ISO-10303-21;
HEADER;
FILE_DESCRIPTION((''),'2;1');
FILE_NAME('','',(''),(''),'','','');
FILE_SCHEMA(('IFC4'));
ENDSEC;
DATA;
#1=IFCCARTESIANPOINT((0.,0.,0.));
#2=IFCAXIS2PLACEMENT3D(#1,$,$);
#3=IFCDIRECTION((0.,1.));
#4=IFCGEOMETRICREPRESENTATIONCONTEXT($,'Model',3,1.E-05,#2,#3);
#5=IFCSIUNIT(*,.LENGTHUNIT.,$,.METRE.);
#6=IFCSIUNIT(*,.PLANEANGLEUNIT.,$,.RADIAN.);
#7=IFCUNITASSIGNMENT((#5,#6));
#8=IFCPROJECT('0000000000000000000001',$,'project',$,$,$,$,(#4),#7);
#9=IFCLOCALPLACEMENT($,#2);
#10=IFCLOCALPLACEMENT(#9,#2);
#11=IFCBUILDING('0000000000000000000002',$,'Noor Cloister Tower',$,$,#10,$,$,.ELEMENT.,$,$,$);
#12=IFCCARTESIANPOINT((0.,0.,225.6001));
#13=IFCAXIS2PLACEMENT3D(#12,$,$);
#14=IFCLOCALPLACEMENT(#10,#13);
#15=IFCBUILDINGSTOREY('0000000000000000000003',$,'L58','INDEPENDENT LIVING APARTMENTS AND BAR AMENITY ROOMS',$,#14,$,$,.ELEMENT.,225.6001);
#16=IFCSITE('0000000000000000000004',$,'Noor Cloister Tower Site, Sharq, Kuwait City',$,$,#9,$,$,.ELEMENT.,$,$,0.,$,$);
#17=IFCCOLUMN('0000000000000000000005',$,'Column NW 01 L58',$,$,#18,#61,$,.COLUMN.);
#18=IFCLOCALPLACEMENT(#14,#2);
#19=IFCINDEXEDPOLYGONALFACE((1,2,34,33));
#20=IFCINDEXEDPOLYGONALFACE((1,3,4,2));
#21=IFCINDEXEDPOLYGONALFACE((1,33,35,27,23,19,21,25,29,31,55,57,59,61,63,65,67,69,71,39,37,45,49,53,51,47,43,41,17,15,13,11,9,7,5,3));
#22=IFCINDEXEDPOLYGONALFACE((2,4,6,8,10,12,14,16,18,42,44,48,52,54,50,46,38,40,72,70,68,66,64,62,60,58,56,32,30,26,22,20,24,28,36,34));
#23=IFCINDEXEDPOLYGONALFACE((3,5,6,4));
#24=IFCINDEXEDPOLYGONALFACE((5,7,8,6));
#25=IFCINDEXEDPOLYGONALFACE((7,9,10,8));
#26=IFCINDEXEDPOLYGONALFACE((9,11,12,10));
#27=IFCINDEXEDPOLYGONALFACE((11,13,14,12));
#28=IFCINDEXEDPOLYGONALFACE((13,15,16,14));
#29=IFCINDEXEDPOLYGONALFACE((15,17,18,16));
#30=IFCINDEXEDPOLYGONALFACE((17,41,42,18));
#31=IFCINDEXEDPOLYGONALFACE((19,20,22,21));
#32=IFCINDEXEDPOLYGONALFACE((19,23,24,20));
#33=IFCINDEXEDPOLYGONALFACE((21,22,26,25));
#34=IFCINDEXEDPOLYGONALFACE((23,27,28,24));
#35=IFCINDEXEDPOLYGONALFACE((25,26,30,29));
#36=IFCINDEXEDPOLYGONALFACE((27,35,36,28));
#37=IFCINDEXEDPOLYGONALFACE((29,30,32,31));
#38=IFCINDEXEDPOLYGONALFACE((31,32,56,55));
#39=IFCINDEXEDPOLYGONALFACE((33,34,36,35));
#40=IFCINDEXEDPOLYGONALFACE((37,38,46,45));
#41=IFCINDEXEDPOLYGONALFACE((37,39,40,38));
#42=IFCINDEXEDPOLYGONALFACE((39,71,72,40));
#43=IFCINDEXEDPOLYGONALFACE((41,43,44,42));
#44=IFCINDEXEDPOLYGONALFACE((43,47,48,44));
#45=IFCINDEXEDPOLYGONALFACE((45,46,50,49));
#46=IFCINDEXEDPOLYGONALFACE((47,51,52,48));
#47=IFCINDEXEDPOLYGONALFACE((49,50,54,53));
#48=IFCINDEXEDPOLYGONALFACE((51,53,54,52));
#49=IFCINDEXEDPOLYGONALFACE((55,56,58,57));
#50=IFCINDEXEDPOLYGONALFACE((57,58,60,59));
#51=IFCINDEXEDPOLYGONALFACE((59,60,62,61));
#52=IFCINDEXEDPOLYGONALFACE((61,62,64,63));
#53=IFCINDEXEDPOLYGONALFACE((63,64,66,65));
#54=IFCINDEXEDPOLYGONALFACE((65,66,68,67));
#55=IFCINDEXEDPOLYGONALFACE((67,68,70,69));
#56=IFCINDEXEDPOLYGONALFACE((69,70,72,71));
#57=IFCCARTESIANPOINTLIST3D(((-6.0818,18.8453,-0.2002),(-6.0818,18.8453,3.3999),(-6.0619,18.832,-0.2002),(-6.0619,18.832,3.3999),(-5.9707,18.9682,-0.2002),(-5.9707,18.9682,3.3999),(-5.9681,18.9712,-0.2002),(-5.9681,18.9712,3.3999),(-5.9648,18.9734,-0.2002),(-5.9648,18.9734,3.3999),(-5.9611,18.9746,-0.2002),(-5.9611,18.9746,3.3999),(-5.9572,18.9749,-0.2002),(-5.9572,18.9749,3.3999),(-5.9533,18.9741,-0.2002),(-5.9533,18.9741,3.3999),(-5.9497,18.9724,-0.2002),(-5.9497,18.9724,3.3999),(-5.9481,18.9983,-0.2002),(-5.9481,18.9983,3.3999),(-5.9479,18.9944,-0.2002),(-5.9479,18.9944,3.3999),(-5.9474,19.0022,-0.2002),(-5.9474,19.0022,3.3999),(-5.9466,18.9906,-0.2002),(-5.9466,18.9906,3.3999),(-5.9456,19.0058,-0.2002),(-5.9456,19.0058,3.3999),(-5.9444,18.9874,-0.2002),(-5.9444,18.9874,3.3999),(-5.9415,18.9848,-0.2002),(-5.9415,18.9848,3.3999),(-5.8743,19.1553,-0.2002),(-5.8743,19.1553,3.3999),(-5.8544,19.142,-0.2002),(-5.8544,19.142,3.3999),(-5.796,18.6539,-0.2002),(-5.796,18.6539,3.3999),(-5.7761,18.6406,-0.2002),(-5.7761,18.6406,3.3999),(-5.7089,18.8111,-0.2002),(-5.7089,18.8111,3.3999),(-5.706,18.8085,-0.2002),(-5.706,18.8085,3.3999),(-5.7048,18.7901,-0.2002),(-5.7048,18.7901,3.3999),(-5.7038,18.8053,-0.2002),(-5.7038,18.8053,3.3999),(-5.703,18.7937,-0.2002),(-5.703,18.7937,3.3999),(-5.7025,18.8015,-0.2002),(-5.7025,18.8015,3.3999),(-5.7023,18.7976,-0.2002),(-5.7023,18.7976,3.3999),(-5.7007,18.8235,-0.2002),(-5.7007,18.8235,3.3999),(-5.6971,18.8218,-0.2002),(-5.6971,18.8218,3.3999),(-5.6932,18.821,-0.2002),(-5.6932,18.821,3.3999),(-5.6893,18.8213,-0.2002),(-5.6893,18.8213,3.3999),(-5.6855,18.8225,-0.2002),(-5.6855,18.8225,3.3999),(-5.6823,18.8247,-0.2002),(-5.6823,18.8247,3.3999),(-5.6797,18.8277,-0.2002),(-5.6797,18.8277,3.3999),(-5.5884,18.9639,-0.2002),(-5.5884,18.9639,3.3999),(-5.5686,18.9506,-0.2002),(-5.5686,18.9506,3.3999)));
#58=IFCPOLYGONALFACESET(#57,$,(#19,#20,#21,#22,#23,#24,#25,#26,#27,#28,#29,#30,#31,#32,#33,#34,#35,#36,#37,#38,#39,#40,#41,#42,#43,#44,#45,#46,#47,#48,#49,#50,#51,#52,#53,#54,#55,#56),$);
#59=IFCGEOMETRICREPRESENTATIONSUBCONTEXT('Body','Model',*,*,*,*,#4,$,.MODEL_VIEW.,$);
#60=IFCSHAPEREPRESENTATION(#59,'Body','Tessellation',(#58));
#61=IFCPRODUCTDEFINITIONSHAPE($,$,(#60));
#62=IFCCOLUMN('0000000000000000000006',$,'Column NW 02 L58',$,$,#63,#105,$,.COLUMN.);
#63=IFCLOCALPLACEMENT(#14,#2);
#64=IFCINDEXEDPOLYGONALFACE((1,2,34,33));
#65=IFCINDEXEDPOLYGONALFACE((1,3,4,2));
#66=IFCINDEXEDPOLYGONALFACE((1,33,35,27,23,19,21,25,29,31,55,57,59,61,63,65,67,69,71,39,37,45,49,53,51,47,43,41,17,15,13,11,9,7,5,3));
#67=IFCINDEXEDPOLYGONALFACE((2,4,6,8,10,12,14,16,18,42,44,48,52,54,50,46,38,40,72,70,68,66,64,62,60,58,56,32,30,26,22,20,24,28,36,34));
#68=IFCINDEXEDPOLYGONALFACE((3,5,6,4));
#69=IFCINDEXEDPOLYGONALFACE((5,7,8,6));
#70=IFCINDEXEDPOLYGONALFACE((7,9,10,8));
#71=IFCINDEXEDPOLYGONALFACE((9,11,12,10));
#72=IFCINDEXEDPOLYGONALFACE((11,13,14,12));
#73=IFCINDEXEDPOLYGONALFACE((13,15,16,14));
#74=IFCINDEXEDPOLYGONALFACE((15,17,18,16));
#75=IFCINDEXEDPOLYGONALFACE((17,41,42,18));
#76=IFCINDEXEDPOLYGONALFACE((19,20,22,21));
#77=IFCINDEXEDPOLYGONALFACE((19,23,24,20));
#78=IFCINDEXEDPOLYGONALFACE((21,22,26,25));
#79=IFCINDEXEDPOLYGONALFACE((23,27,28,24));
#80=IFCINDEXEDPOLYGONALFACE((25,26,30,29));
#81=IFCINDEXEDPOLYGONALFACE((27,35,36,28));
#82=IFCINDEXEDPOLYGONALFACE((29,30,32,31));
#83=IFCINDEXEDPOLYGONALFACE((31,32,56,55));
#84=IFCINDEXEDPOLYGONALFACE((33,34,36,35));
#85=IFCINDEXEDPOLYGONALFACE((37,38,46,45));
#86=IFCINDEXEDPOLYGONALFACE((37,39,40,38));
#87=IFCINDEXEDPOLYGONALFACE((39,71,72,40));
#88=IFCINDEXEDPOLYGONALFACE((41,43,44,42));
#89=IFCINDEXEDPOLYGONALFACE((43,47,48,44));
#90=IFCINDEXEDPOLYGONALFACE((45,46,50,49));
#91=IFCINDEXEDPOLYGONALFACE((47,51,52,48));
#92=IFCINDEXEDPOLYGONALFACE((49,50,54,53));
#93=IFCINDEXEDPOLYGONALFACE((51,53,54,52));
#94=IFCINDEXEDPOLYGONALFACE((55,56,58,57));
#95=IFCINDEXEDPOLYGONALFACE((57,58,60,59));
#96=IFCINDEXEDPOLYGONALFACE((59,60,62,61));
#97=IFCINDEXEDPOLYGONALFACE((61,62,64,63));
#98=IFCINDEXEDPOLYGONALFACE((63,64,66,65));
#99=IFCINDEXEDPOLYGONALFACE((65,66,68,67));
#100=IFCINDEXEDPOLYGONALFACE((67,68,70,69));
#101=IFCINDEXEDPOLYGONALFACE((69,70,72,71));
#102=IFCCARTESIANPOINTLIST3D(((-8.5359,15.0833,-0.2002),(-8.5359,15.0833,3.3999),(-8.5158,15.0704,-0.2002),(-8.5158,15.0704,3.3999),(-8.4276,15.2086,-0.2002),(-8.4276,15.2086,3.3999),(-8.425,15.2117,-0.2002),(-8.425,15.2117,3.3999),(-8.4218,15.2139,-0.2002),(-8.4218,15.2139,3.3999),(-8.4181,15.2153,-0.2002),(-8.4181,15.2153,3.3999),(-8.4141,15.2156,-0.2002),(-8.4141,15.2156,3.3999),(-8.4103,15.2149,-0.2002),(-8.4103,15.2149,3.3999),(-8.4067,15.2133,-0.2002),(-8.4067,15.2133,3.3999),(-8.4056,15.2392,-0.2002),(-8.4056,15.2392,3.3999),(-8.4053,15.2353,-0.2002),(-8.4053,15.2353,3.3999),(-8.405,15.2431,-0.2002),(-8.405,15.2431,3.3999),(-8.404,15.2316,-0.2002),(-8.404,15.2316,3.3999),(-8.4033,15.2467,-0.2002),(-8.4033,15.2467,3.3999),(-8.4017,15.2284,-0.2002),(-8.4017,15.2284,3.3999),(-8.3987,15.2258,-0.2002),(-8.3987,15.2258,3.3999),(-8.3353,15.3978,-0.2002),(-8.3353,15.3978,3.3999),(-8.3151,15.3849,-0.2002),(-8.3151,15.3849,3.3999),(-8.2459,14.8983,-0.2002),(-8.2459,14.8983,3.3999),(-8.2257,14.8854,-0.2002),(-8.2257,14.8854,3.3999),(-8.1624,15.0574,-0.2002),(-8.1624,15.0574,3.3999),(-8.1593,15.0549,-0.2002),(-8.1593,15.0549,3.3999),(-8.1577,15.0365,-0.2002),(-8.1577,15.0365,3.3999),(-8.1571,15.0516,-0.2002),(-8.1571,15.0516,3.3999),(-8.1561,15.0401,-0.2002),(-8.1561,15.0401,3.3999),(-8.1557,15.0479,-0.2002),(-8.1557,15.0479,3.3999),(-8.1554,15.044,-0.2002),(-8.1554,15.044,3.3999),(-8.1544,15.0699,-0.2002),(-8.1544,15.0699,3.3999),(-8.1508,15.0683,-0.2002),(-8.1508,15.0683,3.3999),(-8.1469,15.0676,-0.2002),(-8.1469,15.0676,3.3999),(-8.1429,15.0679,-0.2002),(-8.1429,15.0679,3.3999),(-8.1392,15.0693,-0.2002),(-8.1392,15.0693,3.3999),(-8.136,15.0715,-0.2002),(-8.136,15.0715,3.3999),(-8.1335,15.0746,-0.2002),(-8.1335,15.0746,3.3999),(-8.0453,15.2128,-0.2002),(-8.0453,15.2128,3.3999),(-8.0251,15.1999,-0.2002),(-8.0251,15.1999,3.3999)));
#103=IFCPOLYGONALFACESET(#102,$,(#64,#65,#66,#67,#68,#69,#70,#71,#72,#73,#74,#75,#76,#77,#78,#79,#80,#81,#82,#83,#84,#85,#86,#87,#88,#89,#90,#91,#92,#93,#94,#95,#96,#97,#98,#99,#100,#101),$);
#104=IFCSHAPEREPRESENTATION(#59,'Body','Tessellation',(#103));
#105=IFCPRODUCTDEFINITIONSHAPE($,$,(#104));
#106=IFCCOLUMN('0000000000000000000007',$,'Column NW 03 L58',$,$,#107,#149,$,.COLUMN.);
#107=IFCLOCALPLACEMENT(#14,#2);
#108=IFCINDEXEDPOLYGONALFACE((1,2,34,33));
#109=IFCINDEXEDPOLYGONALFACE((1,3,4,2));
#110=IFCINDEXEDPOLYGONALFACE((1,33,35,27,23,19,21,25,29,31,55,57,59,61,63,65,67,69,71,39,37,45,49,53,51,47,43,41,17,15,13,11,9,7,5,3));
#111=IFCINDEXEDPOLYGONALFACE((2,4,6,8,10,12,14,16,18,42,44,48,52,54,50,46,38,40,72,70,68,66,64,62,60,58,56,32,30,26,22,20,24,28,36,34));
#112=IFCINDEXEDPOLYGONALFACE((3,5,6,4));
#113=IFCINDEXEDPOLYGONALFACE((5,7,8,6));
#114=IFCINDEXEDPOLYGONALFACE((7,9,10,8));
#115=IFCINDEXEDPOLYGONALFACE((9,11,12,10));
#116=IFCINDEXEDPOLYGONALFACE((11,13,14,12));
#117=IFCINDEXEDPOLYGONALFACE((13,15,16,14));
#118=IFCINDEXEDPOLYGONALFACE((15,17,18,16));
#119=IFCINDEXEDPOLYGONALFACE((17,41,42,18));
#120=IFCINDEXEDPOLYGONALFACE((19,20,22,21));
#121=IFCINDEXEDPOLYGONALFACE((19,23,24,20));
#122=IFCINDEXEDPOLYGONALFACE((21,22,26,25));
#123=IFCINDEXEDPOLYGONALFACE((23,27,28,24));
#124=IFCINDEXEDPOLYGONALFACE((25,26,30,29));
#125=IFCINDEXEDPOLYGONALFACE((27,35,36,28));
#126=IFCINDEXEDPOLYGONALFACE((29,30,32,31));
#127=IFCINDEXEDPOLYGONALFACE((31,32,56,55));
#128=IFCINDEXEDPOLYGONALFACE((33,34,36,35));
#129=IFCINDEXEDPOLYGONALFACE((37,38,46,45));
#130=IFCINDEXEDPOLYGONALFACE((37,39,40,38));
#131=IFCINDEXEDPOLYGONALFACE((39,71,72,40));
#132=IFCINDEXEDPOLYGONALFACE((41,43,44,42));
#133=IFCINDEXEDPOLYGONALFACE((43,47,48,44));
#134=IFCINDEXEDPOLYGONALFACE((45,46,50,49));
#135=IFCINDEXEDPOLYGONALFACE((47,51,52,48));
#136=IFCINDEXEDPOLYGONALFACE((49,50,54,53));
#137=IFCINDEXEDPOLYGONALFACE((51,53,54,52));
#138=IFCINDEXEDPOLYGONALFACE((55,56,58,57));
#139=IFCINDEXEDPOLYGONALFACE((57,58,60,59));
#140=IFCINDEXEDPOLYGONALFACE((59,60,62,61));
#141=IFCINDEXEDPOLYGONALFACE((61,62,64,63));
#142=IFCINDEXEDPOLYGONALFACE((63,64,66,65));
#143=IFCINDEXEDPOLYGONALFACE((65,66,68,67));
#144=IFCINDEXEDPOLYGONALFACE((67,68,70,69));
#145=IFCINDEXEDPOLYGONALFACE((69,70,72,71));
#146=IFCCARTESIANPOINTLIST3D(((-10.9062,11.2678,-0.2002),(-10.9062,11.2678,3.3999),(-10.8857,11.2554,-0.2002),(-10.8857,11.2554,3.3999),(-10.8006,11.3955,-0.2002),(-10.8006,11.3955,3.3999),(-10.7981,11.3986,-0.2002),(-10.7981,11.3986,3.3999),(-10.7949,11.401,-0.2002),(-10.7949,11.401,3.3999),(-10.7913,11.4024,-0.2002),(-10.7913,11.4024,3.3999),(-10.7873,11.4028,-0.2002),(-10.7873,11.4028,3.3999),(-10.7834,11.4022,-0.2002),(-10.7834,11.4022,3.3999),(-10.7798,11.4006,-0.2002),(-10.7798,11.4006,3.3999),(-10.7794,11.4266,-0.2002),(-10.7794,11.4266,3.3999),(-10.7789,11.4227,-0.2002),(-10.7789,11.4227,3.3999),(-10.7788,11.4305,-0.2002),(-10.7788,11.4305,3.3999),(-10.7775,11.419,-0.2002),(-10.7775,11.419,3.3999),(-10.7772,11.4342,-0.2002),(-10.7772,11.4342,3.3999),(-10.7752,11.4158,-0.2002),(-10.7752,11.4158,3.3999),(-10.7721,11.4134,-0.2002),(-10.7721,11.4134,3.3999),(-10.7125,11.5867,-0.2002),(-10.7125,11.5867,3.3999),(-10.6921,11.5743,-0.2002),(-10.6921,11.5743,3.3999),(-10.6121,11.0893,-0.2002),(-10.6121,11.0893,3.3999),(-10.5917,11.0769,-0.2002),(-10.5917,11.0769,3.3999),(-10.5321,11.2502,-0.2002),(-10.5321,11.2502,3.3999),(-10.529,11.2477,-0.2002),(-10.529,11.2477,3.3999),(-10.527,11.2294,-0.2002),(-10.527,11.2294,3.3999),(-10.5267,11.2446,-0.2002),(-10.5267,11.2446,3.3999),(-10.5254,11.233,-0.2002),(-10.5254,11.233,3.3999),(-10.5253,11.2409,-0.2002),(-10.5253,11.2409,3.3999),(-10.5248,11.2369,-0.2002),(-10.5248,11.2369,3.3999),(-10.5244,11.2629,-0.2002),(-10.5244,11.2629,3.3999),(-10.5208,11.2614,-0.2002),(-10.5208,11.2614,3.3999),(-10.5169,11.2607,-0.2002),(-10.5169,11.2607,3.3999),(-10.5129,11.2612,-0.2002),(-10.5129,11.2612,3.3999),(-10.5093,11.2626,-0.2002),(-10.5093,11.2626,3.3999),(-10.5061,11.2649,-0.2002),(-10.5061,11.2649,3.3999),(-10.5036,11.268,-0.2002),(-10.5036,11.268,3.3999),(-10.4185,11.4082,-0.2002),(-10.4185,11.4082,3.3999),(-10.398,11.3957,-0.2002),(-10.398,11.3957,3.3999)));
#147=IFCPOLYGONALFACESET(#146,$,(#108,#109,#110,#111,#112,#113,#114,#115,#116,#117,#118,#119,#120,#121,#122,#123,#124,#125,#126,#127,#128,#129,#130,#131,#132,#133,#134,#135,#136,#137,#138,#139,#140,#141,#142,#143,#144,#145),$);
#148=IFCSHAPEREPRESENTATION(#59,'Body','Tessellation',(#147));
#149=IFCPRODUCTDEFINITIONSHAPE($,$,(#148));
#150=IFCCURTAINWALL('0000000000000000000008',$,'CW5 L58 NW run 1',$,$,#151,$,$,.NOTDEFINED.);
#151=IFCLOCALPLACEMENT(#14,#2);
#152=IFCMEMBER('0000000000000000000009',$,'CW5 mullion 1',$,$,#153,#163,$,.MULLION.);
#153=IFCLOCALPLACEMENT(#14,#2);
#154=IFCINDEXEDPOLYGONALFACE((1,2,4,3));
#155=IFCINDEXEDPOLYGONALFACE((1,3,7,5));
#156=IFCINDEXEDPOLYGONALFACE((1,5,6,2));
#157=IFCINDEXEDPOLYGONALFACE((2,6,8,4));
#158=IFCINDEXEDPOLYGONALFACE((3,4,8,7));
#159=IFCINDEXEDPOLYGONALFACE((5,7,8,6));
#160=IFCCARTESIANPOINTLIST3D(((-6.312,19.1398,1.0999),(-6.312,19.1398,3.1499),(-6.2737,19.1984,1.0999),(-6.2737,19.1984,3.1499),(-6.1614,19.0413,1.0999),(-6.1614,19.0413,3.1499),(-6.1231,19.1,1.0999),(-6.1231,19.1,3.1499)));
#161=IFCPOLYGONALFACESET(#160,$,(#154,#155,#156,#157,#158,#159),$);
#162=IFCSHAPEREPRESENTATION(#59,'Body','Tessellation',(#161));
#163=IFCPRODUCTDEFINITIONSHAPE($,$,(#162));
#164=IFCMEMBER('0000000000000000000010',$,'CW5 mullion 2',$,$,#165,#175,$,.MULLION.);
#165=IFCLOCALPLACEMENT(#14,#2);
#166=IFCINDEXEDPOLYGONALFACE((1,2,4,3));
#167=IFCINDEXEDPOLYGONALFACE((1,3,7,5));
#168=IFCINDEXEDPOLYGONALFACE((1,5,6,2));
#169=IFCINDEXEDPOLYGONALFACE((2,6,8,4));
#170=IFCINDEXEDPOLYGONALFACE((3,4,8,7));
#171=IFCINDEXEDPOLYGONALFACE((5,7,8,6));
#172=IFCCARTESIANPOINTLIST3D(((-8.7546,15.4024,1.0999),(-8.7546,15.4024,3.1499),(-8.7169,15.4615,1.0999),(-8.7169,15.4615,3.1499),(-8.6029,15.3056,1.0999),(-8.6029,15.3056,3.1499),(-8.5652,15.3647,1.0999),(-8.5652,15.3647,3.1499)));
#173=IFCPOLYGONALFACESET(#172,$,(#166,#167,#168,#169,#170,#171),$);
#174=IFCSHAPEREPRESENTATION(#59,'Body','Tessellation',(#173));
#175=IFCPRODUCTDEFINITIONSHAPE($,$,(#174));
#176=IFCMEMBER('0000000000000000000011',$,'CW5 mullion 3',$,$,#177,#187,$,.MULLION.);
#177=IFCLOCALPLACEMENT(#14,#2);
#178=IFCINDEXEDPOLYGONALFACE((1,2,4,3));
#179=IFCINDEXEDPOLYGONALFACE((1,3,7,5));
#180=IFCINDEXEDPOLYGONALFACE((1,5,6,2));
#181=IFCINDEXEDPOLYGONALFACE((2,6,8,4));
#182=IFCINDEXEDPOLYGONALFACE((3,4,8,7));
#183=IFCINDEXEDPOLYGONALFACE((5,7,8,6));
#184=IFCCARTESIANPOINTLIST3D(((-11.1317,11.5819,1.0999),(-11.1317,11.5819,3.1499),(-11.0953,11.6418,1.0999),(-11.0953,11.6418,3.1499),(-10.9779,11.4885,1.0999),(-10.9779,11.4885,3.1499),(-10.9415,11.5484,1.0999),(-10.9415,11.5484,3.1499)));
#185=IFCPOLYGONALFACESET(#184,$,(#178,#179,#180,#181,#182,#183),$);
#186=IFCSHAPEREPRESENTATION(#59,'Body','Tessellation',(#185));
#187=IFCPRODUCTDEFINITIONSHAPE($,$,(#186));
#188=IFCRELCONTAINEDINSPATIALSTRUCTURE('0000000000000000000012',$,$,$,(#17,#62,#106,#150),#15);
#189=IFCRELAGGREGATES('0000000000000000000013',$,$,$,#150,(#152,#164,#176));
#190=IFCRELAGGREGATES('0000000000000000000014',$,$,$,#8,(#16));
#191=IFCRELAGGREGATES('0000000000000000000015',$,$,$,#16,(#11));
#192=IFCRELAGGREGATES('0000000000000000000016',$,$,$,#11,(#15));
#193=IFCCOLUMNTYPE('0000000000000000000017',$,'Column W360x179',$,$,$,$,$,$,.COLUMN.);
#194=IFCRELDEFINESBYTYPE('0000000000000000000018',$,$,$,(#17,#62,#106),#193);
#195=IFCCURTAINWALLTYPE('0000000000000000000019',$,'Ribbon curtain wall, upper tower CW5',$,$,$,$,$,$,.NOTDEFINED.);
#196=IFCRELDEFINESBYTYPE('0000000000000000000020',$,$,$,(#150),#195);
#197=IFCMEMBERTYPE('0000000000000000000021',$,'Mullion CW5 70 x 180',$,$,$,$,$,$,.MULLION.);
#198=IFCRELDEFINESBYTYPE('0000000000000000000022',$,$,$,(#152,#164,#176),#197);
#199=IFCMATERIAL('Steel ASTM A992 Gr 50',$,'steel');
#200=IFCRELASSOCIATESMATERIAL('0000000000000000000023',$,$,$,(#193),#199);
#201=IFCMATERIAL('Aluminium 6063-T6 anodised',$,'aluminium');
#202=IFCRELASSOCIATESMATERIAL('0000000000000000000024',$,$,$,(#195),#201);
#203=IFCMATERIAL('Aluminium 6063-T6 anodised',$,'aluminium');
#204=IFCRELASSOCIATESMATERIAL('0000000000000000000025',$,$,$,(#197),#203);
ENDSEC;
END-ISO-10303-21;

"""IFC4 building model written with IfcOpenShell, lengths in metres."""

from ifc_helpers import new_model, si_unit, direction, frame, origin, origin_2d, place, context, subcontext, project, spatial, rectangle, i_section, extrude, material, material_profile, profile_set, type_object, element, aggregate, save


model = new_model("IFC4")

# Units and contexts
model_context = context("Model", 3, precision=1e-05, world=origin(), true_north=direction((0.0, 1.0)))
body_context = subcontext(model_context, "Body", "Model", "MODEL_VIEW")
ifc_project = project(units=[si_unit("LENGTHUNIT", "METRE"), si_unit("PLANEANGLEUNIT", "RADIAN")], contexts=[model_context])

# Site, building, storey
site_placement = place(None, origin())
site = spatial("IfcSite", under=ifc_project, at=site_placement, Name="Noor Cloister Tower Site, Sharq, Kuwait City", CompositionType="ELEMENT", RefElevation=0.0)
building_placement = place(site_placement, origin())
building = spatial("IfcBuilding", under=site, at=building_placement, Name="Noor Cloister Tower", CompositionType="ELEMENT")
storey_placement = place(building_placement, frame((0.0, 0.0, 225.6001)))
storey = spatial("IfcBuildingStorey", under=building, at=storey_placement, Name="L58", Description="INDEPENDENT LIVING APARTMENTS AND BAR AMENITY ROOMS", CompositionType="ELEMENT", Elevation=225.6001)

# Columns
ifc_material_1 = material(Name="Steel ASTM A992 Gr 50", Category="steel")
ifc_material_profile_1 = material_profile(ifc_material_1, i_section(OverallWidth=0.373, OverallDepth=0.3679, WebThickness=0.0149, FlangeThickness=0.0239, FilletRadius=0.0151, at=origin_2d()), Name="W360x179")
ifc_profile_set_1 = profile_set([ifc_material_profile_1], Name="Steel ASTM A992 Gr 50")
column_type = type_object("IfcColumnType", Name="Column W360x179", PredefinedType="COLUMN", material=ifc_profile_set_1)
for number, where, z_axis, x_axis, name in (
    (1, (-5.8252, 18.8979, -0.2002), (0.0, 0.0, 1.0), (-0.55636, -0.830941, 0.0), "Column NW 01 L58"),
    (2, (-8.2805, 15.1416, -0.2002), (0.0, 0.0, 1.0), (-0.537834, -0.843051, 0.0), "Column NW 02 L58"),
    (3, (-10.6521, 11.3318, -0.2002), (0.0, 0.0, 1.0), (-0.519044, -0.854747, 0.0), "Column NW 03 L58"),
):
    element("IfcColumn", number, at=place(storey_placement, frame(where, z_axis=z_axis, x_axis=x_axis)), inside=storey, type_object=column_type, Name=name, PredefinedType="COLUMN", context=body_context, shape_type="SweptSolid", body=[
        extrude(i_section(OverallWidth=0.373, OverallDepth=0.3679, WebThickness=0.0149, FlangeThickness=0.0239, FilletRadius=0.0151, at=origin_2d()), origin(), (0.0, 0.0, 1.0), 3.6001),
    ])

# Curtain wall, members
ifc_material_2 = material(Name="Aluminium 6063-T6 anodised", Category="aluminium")
curtain_wall_type = type_object("IfcCurtainWallType", Name="Ribbon curtain wall, upper tower CW5", PredefinedType="NOTDEFINED", material=ifc_material_2)
curtain_wall_placement = place(storey_placement, origin())
curtain_wall = element("IfcCurtainWall", 4, at=curtain_wall_placement, inside=storey, type_object=curtain_wall_type, Name="CW5 L58 NW run 1", PredefinedType="NOTDEFINED")
ifc_material_3 = material(Name="Aluminium 6063-T6 anodised", Category="aluminium")
ifc_material_profile_2 = material_profile(ifc_material_3, rectangle(XDim=0.1799, YDim=0.0701, at=origin_2d()), Name="180 x 70 mullion")
ifc_profile_set_2 = profile_set([ifc_material_profile_2], Name="Aluminium 6063-T6 anodised")
member_type = type_object("IfcMemberType", Name="Mullion CW5 70 x 180", PredefinedType="MULLION", material=ifc_profile_set_2)
member_1_placement = place(storey_placement, frame((-6.2175, 19.1199, 1.0999), z_axis=(0.0, 0.0, 1.0), x_axis=(0.837047, -0.547131, 0.0)))
member_1 = element("IfcMember", 5, at=member_1_placement, type_object=member_type, Name="CW5 mullion 1", PredefinedType="MULLION", context=body_context, shape_type="SweptSolid", body=[
    extrude(rectangle(XDim=0.1799, YDim=0.0701, at=origin_2d()), origin(), (0.0, 0.0, 1.0), 2.05),
])
member_2_placement = place(storey_placement, frame((-8.6599, 15.3835, 1.0999), z_axis=(0.0, 0.0, 1.0), x_axis=(0.843051, -0.537834, 0.0)))
member_2 = element("IfcMember", 6, at=member_2_placement, type_object=member_type, Name="CW5 mullion 2", PredefinedType="MULLION", context=body_context, shape_type="SweptSolid", body=[
    extrude(rectangle(XDim=0.1799, YDim=0.0701, at=origin_2d()), origin(), (0.0, 0.0, 1.0), 2.05),
])
member_3_placement = place(storey_placement, frame((-11.0366, 11.5652, 1.0999), z_axis=(0.0, 0.0, 1.0), x_axis=(0.854747, -0.519044, 0.0)))
member_3 = element("IfcMember", 7, at=member_3_placement, type_object=member_type, Name="CW5 mullion 3", PredefinedType="MULLION", context=body_context, shape_type="SweptSolid", body=[
    extrude(rectangle(XDim=0.1799, YDim=0.0701, at=origin_2d()), origin(), (0.0, 0.0, 1.0), 2.05),
])

aggregate(curtain_wall, [member_1, member_2, member_3])

save(model, "model.ifc")
